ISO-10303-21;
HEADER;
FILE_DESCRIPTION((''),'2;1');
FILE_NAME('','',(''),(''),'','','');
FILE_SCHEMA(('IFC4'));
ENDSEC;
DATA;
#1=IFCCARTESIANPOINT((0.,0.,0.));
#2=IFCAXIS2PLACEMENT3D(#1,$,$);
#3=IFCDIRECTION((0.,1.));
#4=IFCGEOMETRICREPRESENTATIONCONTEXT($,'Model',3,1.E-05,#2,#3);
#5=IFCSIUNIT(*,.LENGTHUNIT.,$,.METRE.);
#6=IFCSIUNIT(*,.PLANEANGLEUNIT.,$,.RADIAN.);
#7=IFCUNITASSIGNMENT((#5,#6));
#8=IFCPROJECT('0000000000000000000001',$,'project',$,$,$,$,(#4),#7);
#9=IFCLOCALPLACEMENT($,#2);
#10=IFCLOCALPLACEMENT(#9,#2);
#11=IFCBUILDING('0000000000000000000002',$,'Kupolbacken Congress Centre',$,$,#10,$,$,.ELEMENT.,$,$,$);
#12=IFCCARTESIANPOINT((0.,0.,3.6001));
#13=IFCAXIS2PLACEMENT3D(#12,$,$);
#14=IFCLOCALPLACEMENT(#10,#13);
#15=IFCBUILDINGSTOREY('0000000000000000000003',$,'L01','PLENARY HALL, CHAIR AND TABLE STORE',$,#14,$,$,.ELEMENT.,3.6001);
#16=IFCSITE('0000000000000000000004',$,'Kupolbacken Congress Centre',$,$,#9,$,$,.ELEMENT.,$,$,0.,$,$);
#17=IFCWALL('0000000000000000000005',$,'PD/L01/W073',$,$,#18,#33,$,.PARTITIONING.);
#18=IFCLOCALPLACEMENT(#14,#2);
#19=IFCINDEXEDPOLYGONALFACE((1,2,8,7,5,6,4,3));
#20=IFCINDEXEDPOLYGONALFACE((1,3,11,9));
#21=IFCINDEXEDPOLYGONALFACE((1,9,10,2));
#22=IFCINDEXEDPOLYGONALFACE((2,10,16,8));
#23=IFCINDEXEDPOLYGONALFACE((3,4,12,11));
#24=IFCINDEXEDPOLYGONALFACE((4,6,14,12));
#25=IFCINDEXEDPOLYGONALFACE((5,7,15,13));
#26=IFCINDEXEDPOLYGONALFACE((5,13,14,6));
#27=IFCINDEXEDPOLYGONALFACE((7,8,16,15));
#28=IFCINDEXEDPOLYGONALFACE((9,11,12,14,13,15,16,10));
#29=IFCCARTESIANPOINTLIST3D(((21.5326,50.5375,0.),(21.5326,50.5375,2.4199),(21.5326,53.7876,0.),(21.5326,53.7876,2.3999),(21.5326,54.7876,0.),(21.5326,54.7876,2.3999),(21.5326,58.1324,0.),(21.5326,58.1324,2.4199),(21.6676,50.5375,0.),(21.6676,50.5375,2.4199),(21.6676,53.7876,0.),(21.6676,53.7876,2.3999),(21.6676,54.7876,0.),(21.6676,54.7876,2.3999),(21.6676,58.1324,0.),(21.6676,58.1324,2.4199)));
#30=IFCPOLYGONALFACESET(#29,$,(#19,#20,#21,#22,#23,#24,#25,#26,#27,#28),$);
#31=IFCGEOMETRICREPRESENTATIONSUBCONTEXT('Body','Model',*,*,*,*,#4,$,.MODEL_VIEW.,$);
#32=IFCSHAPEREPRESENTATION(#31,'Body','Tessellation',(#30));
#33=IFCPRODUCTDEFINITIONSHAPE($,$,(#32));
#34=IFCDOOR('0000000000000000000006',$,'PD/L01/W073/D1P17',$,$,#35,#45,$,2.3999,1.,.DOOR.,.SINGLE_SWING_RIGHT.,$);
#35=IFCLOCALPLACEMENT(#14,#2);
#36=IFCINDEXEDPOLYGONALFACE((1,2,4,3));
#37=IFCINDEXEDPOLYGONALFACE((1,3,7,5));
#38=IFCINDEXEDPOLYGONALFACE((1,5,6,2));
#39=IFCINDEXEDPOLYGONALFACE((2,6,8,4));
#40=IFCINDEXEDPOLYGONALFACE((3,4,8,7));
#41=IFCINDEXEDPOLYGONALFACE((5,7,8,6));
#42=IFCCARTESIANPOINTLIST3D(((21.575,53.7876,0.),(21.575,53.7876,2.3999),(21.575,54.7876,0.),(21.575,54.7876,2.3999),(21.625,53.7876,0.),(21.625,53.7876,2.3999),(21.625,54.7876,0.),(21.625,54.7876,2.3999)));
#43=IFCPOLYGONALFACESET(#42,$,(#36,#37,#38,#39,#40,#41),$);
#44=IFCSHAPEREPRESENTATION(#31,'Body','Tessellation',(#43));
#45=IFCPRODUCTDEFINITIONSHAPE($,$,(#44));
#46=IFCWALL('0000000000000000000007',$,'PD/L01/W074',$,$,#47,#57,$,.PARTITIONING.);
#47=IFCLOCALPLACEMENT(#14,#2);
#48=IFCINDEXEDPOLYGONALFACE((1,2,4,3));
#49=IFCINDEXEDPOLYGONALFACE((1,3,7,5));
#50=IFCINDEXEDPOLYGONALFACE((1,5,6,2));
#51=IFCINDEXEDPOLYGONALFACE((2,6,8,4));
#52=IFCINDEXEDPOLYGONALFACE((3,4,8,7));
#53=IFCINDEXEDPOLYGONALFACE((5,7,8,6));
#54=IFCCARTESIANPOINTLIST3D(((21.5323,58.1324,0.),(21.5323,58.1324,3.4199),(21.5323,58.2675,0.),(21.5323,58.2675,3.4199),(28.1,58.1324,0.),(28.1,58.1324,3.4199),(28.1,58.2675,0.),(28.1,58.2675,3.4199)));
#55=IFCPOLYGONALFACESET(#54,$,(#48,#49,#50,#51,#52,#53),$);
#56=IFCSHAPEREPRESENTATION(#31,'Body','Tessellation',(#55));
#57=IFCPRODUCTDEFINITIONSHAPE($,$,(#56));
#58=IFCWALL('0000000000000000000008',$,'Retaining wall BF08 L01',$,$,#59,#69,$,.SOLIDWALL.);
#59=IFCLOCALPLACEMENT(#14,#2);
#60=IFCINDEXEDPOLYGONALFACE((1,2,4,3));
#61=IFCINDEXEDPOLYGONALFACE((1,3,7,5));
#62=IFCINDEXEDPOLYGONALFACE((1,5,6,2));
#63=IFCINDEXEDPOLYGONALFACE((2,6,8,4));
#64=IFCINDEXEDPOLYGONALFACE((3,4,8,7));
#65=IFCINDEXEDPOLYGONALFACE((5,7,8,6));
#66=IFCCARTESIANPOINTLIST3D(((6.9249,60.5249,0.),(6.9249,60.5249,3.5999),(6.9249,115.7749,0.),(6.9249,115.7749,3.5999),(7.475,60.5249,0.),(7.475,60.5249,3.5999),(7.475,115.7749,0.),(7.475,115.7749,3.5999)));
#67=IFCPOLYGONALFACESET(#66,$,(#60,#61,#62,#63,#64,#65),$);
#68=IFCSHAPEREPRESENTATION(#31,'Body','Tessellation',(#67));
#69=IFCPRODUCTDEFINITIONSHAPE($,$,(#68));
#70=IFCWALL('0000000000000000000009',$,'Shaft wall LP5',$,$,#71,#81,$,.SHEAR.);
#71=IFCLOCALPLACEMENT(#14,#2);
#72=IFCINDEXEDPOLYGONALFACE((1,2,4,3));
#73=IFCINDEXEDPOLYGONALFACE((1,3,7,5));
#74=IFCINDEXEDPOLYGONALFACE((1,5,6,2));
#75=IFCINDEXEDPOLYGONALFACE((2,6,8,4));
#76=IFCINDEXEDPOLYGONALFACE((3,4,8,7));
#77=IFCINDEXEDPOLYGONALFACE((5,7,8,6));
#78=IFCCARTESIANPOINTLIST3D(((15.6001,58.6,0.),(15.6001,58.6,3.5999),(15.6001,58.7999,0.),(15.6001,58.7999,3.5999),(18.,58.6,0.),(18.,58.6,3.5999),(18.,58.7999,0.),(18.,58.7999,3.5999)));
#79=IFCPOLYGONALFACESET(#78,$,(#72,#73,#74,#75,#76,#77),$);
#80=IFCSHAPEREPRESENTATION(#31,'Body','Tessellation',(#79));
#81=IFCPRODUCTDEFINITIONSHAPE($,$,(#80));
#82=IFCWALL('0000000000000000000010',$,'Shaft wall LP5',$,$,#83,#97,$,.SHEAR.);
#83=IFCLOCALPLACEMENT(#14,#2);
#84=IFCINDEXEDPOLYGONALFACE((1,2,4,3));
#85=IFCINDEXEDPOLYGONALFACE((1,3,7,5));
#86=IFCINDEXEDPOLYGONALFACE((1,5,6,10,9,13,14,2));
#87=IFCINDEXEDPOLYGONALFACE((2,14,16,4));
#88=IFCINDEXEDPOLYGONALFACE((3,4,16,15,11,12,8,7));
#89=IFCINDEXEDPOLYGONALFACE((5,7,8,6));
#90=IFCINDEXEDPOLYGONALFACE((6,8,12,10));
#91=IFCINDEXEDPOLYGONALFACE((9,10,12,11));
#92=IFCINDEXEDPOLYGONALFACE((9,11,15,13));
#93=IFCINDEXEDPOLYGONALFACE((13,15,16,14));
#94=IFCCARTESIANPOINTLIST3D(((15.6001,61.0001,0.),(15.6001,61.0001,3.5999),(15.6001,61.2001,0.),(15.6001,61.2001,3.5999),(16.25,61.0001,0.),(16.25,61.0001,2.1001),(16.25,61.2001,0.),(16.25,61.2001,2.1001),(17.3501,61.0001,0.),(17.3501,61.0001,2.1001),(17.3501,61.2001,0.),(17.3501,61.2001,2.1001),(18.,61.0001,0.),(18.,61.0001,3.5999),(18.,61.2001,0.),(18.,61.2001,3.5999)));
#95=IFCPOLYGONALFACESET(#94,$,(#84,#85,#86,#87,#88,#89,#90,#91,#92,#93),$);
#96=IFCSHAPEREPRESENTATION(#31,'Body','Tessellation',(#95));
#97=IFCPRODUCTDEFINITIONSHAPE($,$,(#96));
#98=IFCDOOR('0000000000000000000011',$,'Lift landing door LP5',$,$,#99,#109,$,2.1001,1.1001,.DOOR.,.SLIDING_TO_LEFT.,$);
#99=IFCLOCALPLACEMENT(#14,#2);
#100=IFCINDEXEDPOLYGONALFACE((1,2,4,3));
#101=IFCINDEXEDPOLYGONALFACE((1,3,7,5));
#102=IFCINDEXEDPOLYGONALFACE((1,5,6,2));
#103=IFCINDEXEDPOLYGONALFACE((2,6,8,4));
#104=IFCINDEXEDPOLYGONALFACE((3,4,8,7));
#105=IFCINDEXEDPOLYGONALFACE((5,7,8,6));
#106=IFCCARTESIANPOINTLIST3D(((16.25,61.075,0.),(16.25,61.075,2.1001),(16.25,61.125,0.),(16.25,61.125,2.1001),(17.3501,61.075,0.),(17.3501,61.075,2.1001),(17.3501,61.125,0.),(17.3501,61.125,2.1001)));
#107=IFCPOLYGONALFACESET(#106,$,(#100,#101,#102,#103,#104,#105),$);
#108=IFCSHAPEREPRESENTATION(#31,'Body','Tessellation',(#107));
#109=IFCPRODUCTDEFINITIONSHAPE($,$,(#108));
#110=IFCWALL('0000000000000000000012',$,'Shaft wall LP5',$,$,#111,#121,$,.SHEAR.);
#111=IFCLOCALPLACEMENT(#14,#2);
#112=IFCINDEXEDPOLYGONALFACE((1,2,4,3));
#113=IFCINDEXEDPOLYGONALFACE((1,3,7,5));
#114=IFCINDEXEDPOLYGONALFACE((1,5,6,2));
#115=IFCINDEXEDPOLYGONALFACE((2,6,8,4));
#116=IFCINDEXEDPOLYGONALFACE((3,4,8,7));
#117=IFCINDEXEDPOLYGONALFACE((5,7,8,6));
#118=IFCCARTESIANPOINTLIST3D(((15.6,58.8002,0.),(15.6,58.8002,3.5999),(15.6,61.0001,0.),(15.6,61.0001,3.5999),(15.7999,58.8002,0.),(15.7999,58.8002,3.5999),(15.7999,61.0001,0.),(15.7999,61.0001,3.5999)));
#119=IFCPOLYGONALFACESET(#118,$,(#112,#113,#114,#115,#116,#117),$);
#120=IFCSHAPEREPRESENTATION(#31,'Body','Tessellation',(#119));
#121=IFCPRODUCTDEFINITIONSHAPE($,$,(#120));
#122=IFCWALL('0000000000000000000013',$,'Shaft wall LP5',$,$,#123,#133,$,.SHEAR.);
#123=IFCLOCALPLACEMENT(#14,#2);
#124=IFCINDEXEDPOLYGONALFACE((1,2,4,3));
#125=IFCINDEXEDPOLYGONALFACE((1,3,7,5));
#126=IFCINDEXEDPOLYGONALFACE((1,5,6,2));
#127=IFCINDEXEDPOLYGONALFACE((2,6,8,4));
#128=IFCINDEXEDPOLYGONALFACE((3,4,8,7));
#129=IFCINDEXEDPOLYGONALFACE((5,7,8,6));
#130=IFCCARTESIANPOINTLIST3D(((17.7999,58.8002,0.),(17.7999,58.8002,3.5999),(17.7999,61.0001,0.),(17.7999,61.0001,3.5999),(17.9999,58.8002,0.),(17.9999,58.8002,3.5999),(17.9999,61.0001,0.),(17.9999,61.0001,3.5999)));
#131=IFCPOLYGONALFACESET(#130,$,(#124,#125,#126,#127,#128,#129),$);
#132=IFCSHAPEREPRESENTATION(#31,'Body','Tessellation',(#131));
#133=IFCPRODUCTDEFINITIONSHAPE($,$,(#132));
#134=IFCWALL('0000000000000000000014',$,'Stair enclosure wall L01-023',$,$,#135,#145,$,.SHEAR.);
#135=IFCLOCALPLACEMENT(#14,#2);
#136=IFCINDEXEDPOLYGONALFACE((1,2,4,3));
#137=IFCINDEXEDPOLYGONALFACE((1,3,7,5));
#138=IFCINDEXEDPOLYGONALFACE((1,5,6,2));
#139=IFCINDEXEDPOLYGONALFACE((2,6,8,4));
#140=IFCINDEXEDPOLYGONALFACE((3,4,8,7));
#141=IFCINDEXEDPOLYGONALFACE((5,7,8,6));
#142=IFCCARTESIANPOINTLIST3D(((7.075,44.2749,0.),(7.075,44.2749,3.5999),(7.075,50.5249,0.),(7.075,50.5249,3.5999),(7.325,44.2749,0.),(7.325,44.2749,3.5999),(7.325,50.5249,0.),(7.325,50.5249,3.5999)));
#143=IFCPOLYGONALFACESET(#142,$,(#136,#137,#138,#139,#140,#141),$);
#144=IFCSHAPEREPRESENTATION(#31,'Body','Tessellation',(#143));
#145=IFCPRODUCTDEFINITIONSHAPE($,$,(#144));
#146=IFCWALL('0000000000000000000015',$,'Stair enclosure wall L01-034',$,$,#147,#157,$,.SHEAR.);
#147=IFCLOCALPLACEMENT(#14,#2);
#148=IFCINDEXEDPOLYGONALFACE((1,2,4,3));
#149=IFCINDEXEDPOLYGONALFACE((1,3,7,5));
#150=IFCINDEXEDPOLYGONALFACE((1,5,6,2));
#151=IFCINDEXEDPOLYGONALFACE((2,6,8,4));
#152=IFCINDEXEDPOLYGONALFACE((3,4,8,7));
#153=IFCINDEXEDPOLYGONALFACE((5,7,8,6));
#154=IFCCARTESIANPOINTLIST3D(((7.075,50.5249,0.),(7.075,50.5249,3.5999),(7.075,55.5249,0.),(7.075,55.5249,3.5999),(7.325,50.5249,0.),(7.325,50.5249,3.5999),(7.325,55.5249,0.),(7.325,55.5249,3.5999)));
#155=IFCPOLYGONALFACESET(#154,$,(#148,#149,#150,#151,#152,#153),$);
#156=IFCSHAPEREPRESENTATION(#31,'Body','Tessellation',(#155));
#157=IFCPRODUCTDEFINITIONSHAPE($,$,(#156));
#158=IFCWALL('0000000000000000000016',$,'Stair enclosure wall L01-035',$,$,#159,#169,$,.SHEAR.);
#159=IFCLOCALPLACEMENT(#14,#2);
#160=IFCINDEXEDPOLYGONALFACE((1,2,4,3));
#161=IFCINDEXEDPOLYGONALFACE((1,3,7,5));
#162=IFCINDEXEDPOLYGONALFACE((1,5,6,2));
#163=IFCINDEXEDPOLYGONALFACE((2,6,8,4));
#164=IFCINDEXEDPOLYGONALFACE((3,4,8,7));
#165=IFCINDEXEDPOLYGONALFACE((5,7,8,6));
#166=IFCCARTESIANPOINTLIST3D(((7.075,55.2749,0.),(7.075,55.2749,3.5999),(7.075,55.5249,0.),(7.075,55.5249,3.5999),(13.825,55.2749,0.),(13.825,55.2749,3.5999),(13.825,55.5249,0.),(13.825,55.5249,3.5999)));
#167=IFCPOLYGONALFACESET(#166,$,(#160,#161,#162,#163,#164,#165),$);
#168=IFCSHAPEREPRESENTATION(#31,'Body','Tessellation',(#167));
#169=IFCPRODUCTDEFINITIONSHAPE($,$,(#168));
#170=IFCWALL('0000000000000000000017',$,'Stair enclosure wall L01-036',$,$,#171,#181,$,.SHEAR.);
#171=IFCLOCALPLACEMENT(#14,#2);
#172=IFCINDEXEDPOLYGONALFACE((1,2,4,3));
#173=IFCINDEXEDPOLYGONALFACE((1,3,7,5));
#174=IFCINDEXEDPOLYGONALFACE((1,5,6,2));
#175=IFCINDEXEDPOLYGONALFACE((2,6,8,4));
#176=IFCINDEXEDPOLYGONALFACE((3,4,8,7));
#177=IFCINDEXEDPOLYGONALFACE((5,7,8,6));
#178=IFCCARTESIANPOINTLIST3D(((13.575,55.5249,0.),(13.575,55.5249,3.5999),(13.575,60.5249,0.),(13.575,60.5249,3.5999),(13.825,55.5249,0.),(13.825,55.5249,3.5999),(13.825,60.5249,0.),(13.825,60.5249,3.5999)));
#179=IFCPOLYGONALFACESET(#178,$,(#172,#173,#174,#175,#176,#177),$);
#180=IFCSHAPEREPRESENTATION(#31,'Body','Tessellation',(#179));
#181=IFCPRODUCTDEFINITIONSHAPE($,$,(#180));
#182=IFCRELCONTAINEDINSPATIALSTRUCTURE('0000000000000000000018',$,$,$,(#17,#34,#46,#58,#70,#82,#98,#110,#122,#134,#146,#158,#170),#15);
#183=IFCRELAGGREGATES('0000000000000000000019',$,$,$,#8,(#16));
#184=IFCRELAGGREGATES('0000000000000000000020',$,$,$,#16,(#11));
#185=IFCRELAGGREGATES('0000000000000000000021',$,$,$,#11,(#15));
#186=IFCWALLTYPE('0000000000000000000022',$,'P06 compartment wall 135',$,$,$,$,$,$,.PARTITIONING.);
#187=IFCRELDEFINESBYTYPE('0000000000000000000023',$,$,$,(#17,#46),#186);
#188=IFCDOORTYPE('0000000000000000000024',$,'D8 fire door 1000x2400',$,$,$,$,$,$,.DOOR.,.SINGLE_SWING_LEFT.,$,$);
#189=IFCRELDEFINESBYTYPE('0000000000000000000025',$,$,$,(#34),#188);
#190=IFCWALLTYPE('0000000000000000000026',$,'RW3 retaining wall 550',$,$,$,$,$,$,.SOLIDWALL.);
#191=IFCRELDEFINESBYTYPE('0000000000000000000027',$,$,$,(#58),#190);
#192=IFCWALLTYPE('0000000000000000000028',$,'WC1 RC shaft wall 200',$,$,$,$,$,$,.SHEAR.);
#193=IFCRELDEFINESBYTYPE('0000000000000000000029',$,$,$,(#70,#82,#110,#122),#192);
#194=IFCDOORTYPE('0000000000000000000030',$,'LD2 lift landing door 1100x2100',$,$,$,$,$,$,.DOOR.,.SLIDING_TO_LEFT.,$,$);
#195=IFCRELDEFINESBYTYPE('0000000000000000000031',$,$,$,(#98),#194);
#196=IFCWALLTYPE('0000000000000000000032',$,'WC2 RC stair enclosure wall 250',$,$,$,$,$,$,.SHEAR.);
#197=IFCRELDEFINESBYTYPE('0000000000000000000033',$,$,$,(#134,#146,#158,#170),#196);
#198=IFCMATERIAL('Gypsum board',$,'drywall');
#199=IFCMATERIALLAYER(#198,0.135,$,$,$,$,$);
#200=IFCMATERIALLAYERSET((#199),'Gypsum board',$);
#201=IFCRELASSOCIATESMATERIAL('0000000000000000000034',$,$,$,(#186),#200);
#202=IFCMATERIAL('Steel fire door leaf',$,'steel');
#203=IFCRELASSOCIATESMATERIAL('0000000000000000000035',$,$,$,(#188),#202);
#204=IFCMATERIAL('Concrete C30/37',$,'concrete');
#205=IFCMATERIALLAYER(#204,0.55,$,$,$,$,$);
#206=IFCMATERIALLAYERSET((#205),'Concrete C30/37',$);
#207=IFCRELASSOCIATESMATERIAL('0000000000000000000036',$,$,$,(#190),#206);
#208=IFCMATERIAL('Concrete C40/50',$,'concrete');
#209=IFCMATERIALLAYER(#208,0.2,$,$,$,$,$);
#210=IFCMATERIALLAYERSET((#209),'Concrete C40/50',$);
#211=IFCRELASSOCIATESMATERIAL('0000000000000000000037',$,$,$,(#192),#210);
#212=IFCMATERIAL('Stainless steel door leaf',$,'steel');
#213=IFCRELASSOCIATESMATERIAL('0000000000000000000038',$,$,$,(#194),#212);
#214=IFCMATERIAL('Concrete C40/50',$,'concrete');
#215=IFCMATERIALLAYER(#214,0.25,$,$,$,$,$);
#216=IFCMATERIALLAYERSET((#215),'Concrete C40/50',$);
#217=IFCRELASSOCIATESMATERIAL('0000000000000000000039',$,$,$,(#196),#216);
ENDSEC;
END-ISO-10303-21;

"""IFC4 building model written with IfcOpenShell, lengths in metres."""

from ifc_helpers import new_model, si_unit, direction, frame, frame_2d, origin, place, context, subcontext, project, spatial, rectangle, extrude, material, layer, layer_set, type_object, element, fill, save


model = new_model("IFC4")

# Units and contexts
model_context = context("Model", 3, precision=1e-05, world=origin(), true_north=direction((0.0, 1.0)))
body_context = subcontext(model_context, "Body", "Model", "MODEL_VIEW")
ifc_project = project(units=[si_unit("LENGTHUNIT", "METRE"), si_unit("PLANEANGLEUNIT", "RADIAN")], contexts=[model_context])

# Site, building, storey
site_placement = place(None, origin())
site = spatial("IfcSite", under=ifc_project, at=site_placement, Name="Kupolbacken Congress Centre", CompositionType="ELEMENT", RefElevation=0.0)
building_placement = place(site_placement, origin())
building = spatial("IfcBuilding", under=site, at=building_placement, Name="Kupolbacken Congress Centre", CompositionType="ELEMENT")
storey_placement = place(building_placement, frame((0.0, 0.0, 3.6001)))
storey = spatial("IfcBuildingStorey", under=building, at=storey_placement, Name="L01", Description="PLENARY HALL, CHAIR AND TABLE STORE", CompositionType="ELEMENT", Elevation=3.6001)

# Wall, opening, door
ifc_material_1 = material(Name="Gypsum board", Category="drywall")
ifc_layer_1 = layer(ifc_material_1, 0.135)
ifc_layer_set_1 = layer_set([ifc_layer_1], Name="Gypsum board")
wall_type_1 = type_object("IfcWallType", Name="P06 compartment wall 135", PredefinedType="PARTITIONING", material=ifc_layer_set_1)
wall_1_placement = place(storey_placement, frame((21.6001, 50.5376, 0.0), z_axis=(0.0, 0.0, 1.0), x_axis=(0.0, 1.0, 0.0)))
wall_1 = element("IfcWall", 1, at=wall_1_placement, inside=storey, type_object=wall_type_1, Name="PD/L01/W073", PredefinedType="PARTITIONING", context=body_context, shape_type="SweptSolid", body=[
    extrude(rectangle(XDim=7.595, YDim=0.135, at=frame_2d((3.7974, 0.0))), origin(), (0.0, 0.0, 1.0), 2.4199),
])
opening_1_placement = place(wall_1_placement, frame((3.25, 0.0, 0.0)))
opening_1 = element("IfcOpeningElement", 2, at=opening_1_placement, cuts=wall_1, PredefinedType="OPENING", context=body_context, shape_type="SweptSolid", body=[
    extrude(rectangle(XDim=1.0, YDim=2.3999, at=frame_2d((0.5, 1.2))), frame((0.0, 0.0774, 0.0), z_axis=(0.0, -1.0, 0.0), x_axis=(1.0, 0.0, 0.0)), (0.0, 0.0, 1.0), 0.155),
])
ifc_material_2 = material(Name="Steel fire door leaf", Category="steel")
door_type_1 = type_object("IfcDoorType", Name="D8 fire door 1000x2400", OperationType="SINGLE_SWING_LEFT", PredefinedType="DOOR", material=ifc_material_2)
door_1_placement = place(opening_1_placement, frame((1.0, 0.0, 0.0), z_axis=(0.0, 0.0, 1.0), x_axis=(-1.0, 0.0, 0.0)))
door_1 = element("IfcDoor", 3, at=door_1_placement, inside=storey, type_object=door_type_1, Name="PD/L01/W073/D1P17", OperationType="SINGLE_SWING_RIGHT", OverallHeight=2.3999, OverallWidth=1.0, PredefinedType="DOOR", context=body_context, shape_type="SweptSolid", body=[
    extrude(rectangle(XDim=1.0, YDim=2.3999, at=frame_2d((0.5, 1.2))), frame((0.0, 0.0249, 0.0), z_axis=(0.0, -1.0, 0.0), x_axis=(1.0, 0.0, 0.0)), (0.0, 0.0, 1.0), 0.05),
])
fill(opening_1, door_1)

# Walls
wall_2_placement = place(storey_placement, frame((21.5325, 58.2, 0.0), z_axis=(0.0, 0.0, 1.0), x_axis=(1.0, 0.0, 0.0)))
element("IfcWall", 4, at=wall_2_placement, inside=storey, type_object=wall_type_1, Name="PD/L01/W074", PredefinedType="PARTITIONING", context=body_context, shape_type="SweptSolid", body=[
    extrude(rectangle(XDim=6.5676, YDim=0.135, at=frame_2d((3.2837, 0.0))), origin(), (0.0, 0.0, 1.0), 3.4199),
])
ifc_material_3 = material(Name="Concrete C30/37", Category="concrete")
ifc_layer_2 = layer(ifc_material_3, 0.55)
ifc_layer_set_2 = layer_set([ifc_layer_2], Name="Concrete C30/37")
wall_type_2 = type_object("IfcWallType", Name="RW3 retaining wall 550", PredefinedType="SOLIDWALL", material=ifc_layer_set_2)
wall_3_placement = place(storey_placement, frame((7.2, 60.5249, 0.0), z_axis=(0.0, 0.0, 1.0), x_axis=(0.0, 1.0, 0.0)))
element("IfcWall", 5, at=wall_3_placement, inside=storey, type_object=wall_type_2, Name="Retaining wall BF08 L01", PredefinedType="SOLIDWALL", context=body_context, shape_type="SweptSolid", body=[
    extrude(rectangle(XDim=55.25, YDim=0.55, at=frame_2d((27.625, 0.0))), origin(), (0.0, 0.0, 1.0), 3.5999),
])
ifc_material_4 = material(Name="Concrete C40/50", Category="concrete")
ifc_layer_3 = layer(ifc_material_4, 0.2)
ifc_layer_set_3 = layer_set([ifc_layer_3], Name="Concrete C40/50")
wall_type_3 = type_object("IfcWallType", Name="WC1 RC shaft wall 200", PredefinedType="SHEAR", material=ifc_layer_set_3)
wall_4_placement = place(storey_placement, frame((15.6001, 58.7, 0.0), z_axis=(0.0, 0.0, 1.0), x_axis=(1.0, 0.0, 0.0)))
element("IfcWall", 6, at=wall_4_placement, inside=storey, type_object=wall_type_3, Name="Shaft wall LP5", PredefinedType="SHEAR", context=body_context, shape_type="SweptSolid", body=[
    extrude(rectangle(XDim=2.3999, YDim=0.2, at=frame_2d((1.2, 0.0))), origin(), (0.0, 0.0, 1.0), 3.5999),
])

# Wall, opening, door
wall_5_placement = place(storey_placement, frame((15.6001, 61.1001, 0.0), z_axis=(0.0, 0.0, 1.0), x_axis=(1.0, 0.0, 0.0)))
wall_5 = element("IfcWall", 7, at=wall_5_placement, inside=storey, type_object=wall_type_3, Name="Shaft wall LP5", PredefinedType="SHEAR", context=body_context, shape_type="SweptSolid", body=[
    extrude(rectangle(XDim=2.3999, YDim=0.2, at=frame_2d((1.2, 0.0))), origin(), (0.0, 0.0, 1.0), 3.5999),
])
opening_2_placement = place(wall_5_placement, frame((0.6499, 0.0, 0.0)))
opening_2 = element("IfcOpeningElement", 8, at=opening_2_placement, cuts=wall_5, PredefinedType="OPENING", context=body_context, shape_type="SweptSolid", body=[
    extrude(rectangle(XDim=1.1001, YDim=2.1001, at=frame_2d((0.55, 1.05))), frame((0.0, 0.1099, 0.0), z_axis=(0.0, -1.0, 0.0), x_axis=(1.0, 0.0, 0.0)), (0.0, 0.0, 1.0), 0.22),
])
ifc_material_5 = material(Name="Stainless steel door leaf", Category="steel")
door_type_2 = type_object("IfcDoorType", Name="LD2 lift landing door 1100x2100", OperationType="SLIDING_TO_LEFT", PredefinedType="DOOR", material=ifc_material_5)
door_2_placement = place(opening_2_placement, origin())
door_2 = element("IfcDoor", 9, at=door_2_placement, inside=storey, type_object=door_type_2, Name="Lift landing door LP5", OperationType="SLIDING_TO_LEFT", OverallHeight=2.1001, OverallWidth=1.1001, PredefinedType="DOOR", context=body_context, shape_type="SweptSolid", body=[
    extrude(rectangle(XDim=1.1001, YDim=2.1001, at=frame_2d((0.55, 1.05))), frame((0.0, 0.0249, 0.0), z_axis=(0.0, -1.0, 0.0), x_axis=(1.0, 0.0, 0.0)), (0.0, 0.0, 1.0), 0.05),
])
fill(opening_2, door_2)

# Walls
for number, where, z_axis, x_axis, name in (
    (10, (15.7, 58.8, 0.0), (0.0, 0.0, 1.0), (0.0, 1.0, 0.0), "Shaft wall LP5"),
    (11, (17.8999, 58.8, 0.0), (0.0, 0.0, 1.0), (0.0, 1.0, 0.0), "Shaft wall LP5"),
):
    element("IfcWall", number, at=place(storey_placement, frame(where, z_axis=z_axis, x_axis=x_axis)), inside=storey, type_object=wall_type_3, Name=name, PredefinedType="SHEAR", context=body_context, shape_type="SweptSolid", body=[
        extrude(rectangle(XDim=2.2, YDim=0.2, at=frame_2d((1.1001, 0.0))), origin(), (0.0, 0.0, 1.0), 3.5999),
    ])
ifc_material_6 = material(Name="Concrete C40/50", Category="concrete")
ifc_layer_4 = layer(ifc_material_6, 0.25)
ifc_layer_set_4 = layer_set([ifc_layer_4], Name="Concrete C40/50")
wall_type_4 = type_object("IfcWallType", Name="WC2 RC stair enclosure wall 250", PredefinedType="SHEAR", material=ifc_layer_set_4)
wall_6_placement = place(storey_placement, frame((7.2, 50.5249, 0.0), z_axis=(0.0, 0.0, 1.0), x_axis=(0.0, -1.0, 0.0)))
element("IfcWall", 12, at=wall_6_placement, inside=storey, type_object=wall_type_4, Name="Stair enclosure wall L01-023", PredefinedType="SHEAR", context=body_context, shape_type="SweptSolid", body=[
    extrude(rectangle(XDim=6.25, YDim=0.25, at=frame_2d((3.125, 0.0))), origin(), (0.0, 0.0, 1.0), 3.5999),
])
wall_7_placement = place(storey_placement, frame((7.2, 55.5249, 0.0), z_axis=(0.0, 0.0, 1.0), x_axis=(0.0, -1.0, 0.0)))
element("IfcWall", 13, at=wall_7_placement, inside=storey, type_object=wall_type_4, Name="Stair enclosure wall L01-034", PredefinedType="SHEAR", context=body_context, shape_type="SweptSolid", body=[
    extrude(rectangle(XDim=5.0, YDim=0.25, at=frame_2d((2.5, 0.0))), origin(), (0.0, 0.0, 1.0), 3.5999),
])
wall_8_placement = place(storey_placement, frame((13.825, 55.3999, 0.0), z_axis=(0.0, 0.0, 1.0), x_axis=(-1.0, 0.0, 0.0)))
element("IfcWall", 14, at=wall_8_placement, inside=storey, type_object=wall_type_4, Name="Stair enclosure wall L01-035", PredefinedType="SHEAR", context=body_context, shape_type="SweptSolid", body=[
    extrude(rectangle(XDim=6.75, YDim=0.25, at=frame_2d((3.375, 0.0))), origin(), (0.0, 0.0, 1.0), 3.5999),
])
for number, where, z_axis, x_axis, name in (
    (15, (13.7, 55.5249, 0.0), (0.0, 0.0, 1.0), (0.0, 1.0, 0.0), "Stair enclosure wall L01-036"),
):
    element("IfcWall", number, at=place(storey_placement, frame(where, z_axis=z_axis, x_axis=x_axis)), inside=storey, type_object=wall_type_4, Name=name, PredefinedType="SHEAR", context=body_context, shape_type="SweptSolid", body=[
        extrude(rectangle(XDim=5.0, YDim=0.25, at=frame_2d((2.5, 0.0))), origin(), (0.0, 0.0, 1.0), 3.5999),
    ])

save(model, "model.ifc")
